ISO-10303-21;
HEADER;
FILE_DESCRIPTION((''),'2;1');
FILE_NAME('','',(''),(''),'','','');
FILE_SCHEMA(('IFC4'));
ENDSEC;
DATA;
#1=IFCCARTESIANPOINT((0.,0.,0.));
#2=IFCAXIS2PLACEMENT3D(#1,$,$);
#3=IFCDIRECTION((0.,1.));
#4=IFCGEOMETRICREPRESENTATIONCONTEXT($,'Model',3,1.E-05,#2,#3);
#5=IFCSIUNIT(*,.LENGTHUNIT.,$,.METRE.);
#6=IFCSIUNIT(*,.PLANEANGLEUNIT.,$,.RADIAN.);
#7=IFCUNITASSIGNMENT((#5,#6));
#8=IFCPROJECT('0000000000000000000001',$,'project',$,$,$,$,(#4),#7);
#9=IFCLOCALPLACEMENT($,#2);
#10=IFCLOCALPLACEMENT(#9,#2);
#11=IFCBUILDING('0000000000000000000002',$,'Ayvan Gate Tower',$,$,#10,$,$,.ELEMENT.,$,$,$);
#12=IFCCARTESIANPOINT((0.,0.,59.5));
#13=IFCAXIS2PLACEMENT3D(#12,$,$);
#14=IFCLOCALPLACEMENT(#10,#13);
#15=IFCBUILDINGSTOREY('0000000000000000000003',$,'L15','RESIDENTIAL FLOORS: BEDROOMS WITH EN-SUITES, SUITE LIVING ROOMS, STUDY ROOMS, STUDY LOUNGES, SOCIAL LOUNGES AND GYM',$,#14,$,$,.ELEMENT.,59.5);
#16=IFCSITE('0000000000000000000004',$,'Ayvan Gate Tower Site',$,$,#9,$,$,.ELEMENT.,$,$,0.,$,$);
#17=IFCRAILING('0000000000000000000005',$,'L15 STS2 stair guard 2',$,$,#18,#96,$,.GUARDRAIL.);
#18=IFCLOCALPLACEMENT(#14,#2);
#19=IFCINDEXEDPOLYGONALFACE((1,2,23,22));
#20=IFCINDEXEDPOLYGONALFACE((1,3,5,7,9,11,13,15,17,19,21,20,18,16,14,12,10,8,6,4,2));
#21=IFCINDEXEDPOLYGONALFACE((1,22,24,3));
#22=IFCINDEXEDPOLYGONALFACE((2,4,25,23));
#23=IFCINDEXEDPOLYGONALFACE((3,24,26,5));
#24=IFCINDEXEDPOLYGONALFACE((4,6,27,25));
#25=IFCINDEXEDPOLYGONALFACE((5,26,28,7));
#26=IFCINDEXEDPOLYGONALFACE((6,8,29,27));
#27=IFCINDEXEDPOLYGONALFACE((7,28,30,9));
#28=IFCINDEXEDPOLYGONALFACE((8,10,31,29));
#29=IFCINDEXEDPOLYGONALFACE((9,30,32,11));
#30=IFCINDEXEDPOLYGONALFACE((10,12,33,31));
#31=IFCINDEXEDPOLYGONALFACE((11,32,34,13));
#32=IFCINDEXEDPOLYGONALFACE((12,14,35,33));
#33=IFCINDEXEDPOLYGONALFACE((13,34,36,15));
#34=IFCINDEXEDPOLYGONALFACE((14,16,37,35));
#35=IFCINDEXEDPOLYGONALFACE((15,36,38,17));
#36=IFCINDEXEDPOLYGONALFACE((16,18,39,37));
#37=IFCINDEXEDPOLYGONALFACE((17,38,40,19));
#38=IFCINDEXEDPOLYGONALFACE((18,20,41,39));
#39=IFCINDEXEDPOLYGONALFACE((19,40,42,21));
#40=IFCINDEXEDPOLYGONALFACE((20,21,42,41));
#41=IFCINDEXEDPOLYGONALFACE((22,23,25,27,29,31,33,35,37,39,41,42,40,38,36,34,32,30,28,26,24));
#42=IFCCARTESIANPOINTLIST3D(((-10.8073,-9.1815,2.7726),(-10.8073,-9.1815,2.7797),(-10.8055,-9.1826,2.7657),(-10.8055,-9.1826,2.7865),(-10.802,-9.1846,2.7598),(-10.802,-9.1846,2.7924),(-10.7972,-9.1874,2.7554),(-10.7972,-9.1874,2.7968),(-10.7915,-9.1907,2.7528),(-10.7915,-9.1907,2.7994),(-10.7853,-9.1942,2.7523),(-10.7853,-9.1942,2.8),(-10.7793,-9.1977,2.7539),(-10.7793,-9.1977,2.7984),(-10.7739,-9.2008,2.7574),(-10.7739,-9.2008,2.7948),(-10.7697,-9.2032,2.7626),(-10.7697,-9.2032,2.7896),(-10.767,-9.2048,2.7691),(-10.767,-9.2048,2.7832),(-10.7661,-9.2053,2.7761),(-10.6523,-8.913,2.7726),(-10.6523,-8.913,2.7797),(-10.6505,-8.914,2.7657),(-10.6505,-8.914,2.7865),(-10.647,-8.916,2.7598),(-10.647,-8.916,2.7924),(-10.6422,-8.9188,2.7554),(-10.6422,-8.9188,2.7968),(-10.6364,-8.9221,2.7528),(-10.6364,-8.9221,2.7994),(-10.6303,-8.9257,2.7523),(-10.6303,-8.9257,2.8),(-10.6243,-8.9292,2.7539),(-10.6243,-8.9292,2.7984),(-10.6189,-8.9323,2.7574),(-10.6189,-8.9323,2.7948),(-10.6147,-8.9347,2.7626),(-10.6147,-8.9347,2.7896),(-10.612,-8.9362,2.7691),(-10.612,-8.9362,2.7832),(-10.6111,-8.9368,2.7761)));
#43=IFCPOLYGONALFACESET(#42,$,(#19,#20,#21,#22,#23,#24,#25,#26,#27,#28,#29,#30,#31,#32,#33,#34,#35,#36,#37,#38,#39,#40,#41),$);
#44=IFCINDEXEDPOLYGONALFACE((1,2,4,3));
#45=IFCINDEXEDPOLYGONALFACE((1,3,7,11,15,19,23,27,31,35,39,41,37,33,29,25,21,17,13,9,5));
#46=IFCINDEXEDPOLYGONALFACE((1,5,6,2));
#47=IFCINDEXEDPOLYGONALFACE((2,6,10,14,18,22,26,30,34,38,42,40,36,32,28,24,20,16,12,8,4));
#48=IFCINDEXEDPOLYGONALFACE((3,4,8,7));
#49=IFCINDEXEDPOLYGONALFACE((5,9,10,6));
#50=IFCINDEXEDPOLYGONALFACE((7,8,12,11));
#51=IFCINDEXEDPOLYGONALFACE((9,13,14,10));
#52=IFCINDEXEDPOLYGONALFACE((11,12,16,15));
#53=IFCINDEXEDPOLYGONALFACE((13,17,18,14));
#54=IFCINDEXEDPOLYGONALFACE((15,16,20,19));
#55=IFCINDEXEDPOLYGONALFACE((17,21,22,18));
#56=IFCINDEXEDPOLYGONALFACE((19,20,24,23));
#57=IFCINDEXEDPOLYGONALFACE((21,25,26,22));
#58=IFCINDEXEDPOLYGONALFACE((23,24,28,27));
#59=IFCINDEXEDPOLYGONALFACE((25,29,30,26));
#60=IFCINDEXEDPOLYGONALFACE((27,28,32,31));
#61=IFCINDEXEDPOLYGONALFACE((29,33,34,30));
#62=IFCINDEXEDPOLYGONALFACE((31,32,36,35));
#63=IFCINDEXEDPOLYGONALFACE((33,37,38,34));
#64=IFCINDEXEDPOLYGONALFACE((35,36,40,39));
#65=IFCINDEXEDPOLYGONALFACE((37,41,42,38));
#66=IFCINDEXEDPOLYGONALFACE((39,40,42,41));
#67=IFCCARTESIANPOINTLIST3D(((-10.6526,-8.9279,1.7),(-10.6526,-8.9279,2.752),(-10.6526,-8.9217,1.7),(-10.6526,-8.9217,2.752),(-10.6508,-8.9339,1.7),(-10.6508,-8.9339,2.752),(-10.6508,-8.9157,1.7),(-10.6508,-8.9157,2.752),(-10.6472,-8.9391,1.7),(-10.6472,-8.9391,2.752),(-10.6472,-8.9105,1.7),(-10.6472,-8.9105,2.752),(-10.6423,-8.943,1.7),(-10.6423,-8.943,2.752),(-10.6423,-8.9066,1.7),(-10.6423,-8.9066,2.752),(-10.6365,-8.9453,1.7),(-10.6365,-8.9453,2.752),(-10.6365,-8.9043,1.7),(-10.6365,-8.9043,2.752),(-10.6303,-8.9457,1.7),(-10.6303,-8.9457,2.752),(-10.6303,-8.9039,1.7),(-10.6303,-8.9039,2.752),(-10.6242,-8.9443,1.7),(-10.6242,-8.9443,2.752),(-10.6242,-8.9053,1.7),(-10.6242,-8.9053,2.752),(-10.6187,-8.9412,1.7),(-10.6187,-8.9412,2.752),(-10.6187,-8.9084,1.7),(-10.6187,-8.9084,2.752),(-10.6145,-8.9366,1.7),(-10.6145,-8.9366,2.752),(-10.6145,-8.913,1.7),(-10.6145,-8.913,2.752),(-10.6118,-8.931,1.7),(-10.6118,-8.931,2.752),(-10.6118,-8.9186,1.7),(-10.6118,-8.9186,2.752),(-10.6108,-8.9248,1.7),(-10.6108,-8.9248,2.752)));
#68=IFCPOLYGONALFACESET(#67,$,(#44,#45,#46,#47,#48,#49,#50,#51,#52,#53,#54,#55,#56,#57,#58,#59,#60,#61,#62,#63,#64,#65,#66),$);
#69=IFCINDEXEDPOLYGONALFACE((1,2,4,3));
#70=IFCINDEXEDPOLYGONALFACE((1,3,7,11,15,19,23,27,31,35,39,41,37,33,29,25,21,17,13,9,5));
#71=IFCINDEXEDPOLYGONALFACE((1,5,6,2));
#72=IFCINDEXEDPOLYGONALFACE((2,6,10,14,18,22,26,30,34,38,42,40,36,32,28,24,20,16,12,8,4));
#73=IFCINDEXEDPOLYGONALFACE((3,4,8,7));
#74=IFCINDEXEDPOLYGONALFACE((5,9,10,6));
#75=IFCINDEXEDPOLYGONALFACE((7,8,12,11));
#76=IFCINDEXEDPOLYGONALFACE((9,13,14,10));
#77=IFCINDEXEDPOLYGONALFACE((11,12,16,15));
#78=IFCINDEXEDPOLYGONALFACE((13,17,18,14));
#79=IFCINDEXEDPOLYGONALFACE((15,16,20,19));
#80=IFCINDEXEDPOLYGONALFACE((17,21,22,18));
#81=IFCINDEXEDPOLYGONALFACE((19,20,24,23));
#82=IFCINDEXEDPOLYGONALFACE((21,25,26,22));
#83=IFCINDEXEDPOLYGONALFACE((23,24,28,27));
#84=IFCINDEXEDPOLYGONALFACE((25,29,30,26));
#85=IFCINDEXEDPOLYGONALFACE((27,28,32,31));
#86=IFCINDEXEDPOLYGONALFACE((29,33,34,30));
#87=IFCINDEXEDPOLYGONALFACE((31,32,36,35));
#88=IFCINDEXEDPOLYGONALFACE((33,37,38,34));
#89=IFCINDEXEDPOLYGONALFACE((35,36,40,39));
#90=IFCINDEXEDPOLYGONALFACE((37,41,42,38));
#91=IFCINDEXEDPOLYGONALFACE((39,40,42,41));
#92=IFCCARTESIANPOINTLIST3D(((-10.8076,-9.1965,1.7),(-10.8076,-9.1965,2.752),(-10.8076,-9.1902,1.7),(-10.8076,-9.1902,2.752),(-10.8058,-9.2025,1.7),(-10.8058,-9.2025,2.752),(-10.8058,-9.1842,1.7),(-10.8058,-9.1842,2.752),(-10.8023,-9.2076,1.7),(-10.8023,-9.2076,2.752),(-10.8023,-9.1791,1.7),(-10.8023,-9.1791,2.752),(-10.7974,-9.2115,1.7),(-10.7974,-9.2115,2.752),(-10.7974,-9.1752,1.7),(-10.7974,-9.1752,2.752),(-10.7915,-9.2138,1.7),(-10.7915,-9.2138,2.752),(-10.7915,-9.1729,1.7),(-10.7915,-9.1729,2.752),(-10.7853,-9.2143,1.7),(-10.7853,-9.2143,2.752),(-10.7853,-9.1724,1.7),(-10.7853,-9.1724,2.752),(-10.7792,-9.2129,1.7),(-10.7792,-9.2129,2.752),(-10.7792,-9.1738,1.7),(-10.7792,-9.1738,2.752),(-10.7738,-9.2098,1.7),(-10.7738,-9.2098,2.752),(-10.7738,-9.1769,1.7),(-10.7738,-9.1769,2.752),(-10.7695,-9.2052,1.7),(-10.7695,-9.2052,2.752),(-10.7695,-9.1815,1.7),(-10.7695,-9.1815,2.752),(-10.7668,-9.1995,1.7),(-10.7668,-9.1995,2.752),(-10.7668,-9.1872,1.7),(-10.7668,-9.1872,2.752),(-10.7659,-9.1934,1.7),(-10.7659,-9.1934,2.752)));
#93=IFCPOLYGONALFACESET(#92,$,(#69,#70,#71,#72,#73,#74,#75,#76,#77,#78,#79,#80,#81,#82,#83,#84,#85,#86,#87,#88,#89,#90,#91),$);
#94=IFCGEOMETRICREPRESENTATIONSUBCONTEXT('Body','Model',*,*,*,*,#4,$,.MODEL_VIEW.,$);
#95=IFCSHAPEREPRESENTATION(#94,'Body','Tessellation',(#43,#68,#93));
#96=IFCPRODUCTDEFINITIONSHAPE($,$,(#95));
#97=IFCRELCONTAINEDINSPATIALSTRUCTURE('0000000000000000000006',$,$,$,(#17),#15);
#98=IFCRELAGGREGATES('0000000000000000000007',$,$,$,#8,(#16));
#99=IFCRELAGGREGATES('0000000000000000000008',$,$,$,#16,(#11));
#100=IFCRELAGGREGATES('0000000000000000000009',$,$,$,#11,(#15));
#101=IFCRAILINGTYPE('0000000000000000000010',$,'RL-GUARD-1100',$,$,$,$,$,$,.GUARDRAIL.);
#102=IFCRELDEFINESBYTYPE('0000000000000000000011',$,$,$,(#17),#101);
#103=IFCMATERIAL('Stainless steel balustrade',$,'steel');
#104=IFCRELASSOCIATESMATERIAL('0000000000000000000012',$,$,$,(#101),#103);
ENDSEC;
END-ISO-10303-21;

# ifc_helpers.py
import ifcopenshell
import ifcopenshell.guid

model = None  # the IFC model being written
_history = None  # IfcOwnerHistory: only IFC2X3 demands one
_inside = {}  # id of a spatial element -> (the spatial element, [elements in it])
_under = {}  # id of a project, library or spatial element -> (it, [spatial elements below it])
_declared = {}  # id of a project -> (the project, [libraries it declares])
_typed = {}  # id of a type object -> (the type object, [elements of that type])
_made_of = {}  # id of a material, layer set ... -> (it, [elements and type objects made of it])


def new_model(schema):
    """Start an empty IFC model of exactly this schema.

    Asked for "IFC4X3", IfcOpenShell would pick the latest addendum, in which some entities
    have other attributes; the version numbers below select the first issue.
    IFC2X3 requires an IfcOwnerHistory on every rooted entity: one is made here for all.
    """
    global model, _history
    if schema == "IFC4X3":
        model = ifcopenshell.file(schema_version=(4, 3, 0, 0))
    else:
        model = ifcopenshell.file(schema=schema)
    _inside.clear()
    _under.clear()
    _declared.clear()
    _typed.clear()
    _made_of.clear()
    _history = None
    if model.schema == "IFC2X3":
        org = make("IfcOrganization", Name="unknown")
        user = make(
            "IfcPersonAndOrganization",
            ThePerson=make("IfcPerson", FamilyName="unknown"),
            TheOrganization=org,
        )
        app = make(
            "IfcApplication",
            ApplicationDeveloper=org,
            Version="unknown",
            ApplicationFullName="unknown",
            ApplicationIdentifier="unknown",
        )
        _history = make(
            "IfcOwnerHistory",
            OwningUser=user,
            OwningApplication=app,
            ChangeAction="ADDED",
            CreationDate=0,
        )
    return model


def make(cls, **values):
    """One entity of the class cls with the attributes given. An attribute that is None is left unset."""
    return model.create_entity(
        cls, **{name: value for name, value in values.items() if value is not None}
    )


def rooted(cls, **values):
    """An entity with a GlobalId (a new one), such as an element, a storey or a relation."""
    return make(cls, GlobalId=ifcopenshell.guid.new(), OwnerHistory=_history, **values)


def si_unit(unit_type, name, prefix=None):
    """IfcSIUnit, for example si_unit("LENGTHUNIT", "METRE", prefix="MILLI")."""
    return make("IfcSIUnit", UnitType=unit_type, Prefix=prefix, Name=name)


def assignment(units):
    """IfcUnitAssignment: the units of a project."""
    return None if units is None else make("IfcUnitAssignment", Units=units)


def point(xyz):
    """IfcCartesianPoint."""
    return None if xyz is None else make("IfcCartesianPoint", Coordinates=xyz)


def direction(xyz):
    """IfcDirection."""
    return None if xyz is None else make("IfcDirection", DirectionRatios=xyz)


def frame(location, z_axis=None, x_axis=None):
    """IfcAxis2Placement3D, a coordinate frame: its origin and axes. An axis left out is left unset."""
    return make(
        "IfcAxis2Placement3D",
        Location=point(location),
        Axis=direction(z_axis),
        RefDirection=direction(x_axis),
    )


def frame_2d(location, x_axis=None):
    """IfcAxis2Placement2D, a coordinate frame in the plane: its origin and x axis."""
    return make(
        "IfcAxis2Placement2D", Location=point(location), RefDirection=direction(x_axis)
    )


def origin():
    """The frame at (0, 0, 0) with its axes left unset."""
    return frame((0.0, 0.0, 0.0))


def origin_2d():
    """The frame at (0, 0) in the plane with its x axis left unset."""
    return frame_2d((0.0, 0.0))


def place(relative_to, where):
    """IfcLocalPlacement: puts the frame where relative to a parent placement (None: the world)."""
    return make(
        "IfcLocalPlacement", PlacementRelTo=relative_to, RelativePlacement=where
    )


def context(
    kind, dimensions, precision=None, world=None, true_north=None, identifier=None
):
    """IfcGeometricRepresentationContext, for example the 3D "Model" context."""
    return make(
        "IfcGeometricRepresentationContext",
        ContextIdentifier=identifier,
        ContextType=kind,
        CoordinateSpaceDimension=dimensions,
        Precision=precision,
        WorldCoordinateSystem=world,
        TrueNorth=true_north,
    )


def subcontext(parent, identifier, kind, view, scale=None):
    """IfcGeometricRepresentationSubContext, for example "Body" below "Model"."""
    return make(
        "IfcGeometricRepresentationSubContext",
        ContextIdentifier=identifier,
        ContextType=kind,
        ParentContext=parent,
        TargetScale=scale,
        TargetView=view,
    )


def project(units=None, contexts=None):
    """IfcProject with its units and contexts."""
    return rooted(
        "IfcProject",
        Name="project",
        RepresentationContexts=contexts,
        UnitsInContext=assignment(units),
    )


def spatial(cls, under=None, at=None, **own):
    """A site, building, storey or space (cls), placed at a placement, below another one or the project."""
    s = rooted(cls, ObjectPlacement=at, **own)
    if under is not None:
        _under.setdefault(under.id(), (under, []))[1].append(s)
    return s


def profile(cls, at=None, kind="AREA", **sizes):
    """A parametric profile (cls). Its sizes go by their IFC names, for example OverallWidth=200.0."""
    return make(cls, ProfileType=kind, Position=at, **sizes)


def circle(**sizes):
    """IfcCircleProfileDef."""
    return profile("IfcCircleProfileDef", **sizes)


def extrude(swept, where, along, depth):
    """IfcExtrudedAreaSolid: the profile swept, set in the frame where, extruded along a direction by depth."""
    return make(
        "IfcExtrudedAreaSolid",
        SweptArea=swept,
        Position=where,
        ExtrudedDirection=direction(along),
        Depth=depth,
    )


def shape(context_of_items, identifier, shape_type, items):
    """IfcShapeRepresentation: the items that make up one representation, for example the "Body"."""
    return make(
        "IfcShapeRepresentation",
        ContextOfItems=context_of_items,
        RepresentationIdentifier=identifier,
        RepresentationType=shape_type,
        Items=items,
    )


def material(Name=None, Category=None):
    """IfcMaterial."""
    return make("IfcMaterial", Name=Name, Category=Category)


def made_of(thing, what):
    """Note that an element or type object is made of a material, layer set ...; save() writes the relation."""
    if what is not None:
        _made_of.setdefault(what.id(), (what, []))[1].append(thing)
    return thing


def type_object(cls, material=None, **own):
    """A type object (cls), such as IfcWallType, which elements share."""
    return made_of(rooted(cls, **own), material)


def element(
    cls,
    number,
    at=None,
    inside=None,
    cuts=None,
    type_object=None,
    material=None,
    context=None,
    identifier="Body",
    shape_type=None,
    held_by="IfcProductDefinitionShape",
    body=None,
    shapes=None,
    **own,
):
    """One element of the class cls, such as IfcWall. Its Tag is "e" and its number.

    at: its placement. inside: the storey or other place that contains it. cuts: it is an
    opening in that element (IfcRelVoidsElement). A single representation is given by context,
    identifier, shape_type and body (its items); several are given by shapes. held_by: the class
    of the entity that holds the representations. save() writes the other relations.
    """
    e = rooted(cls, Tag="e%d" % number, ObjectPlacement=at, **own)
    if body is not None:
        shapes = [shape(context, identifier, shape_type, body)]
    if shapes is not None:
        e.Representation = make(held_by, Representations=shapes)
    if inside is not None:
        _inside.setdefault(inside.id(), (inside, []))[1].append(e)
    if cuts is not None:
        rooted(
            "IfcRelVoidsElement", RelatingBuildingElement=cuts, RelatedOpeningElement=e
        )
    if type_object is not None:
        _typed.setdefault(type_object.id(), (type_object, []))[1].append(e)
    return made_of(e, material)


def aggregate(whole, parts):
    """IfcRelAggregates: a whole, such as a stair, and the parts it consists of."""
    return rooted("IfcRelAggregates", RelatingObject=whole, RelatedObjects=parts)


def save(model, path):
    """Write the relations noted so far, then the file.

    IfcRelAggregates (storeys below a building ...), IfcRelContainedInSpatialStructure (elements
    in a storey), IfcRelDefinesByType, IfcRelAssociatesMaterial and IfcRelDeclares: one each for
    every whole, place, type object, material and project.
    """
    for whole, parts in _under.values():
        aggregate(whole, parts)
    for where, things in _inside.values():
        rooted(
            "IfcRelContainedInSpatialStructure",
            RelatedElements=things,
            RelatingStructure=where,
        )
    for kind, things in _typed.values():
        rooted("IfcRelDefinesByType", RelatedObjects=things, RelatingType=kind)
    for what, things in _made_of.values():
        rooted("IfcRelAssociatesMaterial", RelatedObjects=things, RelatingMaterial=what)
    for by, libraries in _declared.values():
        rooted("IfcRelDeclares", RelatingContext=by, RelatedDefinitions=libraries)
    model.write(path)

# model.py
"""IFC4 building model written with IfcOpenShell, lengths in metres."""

from ifc_helpers import new_model, si_unit, direction, frame, origin, origin_2d, place, context, subcontext, project, spatial, circle, extrude, material, type_object, element, save


model = new_model("IFC4")

# Units and contexts
model_context = context("Model", 3, precision=1e-05, world=origin(), true_north=direction((0.0, 1.0)))
body_context = subcontext(model_context, "Body", "Model", "MODEL_VIEW")
ifc_project = project(units=[si_unit("LENGTHUNIT", "METRE"), si_unit("PLANEANGLEUNIT", "RADIAN")], contexts=[model_context])

# Site, building, storey
site_placement = place(None, origin())
site = spatial("IfcSite", under=ifc_project, at=site_placement, Name="Ayvan Gate Tower Site", CompositionType="ELEMENT", RefElevation=0.0)
building_placement = place(site_placement, origin())
building = spatial("IfcBuilding", under=site, at=building_placement, Name="Ayvan Gate Tower", CompositionType="ELEMENT")
storey_placement = place(building_placement, frame((0.0, 0.0, 59.5)))
storey = spatial("IfcBuildingStorey", under=building, at=storey_placement, Name="L15", Description="RESIDENTIAL FLOORS: BEDROOMS WITH EN-SUITES, SUITE LIVING ROOMS, STUDY ROOMS, STUDY LOUNGES, SOCIAL LOUNGES AND GYM", CompositionType="ELEMENT", Elevation=59.5)

# Railing
ifc_material_1 = material(Name="Stainless steel balustrade", Category="steel")
railing_type_1 = type_object("IfcRailingType", Name="RL-GUARD-1100", PredefinedType="GUARDRAIL", material=ifc_material_1)
railing_1_placement = place(storey_placement, frame((-10.6318, -8.9248, 1.7)))
element("IfcRailing", 1, at=railing_1_placement, inside=storey, type_object=railing_type_1, Name="L15 STS2 stair guard 2", PredefinedType="GUARDRAIL", context=body_context, shape_type="SweptSolid", body=[
    extrude(circle(Radius=0.0239, at=origin_2d()), frame((0.0, 0.0, 1.0762), z_axis=(-0.49995, -0.866054, 0.0), x_axis=(0.866054, -0.49995, 0.0)), (0.0, 0.0, 1.0), 0.3101),
    extrude(circle(Radius=0.021, at=origin_2d()), origin(), (0.0, 0.0, 1.0), 1.052),
    extrude(circle(Radius=0.021, at=origin_2d()), frame((-0.155, -0.2686, 0.0)), (0.0, 0.0, 1.0), 1.052),
])

save(model, "model.ifc")
